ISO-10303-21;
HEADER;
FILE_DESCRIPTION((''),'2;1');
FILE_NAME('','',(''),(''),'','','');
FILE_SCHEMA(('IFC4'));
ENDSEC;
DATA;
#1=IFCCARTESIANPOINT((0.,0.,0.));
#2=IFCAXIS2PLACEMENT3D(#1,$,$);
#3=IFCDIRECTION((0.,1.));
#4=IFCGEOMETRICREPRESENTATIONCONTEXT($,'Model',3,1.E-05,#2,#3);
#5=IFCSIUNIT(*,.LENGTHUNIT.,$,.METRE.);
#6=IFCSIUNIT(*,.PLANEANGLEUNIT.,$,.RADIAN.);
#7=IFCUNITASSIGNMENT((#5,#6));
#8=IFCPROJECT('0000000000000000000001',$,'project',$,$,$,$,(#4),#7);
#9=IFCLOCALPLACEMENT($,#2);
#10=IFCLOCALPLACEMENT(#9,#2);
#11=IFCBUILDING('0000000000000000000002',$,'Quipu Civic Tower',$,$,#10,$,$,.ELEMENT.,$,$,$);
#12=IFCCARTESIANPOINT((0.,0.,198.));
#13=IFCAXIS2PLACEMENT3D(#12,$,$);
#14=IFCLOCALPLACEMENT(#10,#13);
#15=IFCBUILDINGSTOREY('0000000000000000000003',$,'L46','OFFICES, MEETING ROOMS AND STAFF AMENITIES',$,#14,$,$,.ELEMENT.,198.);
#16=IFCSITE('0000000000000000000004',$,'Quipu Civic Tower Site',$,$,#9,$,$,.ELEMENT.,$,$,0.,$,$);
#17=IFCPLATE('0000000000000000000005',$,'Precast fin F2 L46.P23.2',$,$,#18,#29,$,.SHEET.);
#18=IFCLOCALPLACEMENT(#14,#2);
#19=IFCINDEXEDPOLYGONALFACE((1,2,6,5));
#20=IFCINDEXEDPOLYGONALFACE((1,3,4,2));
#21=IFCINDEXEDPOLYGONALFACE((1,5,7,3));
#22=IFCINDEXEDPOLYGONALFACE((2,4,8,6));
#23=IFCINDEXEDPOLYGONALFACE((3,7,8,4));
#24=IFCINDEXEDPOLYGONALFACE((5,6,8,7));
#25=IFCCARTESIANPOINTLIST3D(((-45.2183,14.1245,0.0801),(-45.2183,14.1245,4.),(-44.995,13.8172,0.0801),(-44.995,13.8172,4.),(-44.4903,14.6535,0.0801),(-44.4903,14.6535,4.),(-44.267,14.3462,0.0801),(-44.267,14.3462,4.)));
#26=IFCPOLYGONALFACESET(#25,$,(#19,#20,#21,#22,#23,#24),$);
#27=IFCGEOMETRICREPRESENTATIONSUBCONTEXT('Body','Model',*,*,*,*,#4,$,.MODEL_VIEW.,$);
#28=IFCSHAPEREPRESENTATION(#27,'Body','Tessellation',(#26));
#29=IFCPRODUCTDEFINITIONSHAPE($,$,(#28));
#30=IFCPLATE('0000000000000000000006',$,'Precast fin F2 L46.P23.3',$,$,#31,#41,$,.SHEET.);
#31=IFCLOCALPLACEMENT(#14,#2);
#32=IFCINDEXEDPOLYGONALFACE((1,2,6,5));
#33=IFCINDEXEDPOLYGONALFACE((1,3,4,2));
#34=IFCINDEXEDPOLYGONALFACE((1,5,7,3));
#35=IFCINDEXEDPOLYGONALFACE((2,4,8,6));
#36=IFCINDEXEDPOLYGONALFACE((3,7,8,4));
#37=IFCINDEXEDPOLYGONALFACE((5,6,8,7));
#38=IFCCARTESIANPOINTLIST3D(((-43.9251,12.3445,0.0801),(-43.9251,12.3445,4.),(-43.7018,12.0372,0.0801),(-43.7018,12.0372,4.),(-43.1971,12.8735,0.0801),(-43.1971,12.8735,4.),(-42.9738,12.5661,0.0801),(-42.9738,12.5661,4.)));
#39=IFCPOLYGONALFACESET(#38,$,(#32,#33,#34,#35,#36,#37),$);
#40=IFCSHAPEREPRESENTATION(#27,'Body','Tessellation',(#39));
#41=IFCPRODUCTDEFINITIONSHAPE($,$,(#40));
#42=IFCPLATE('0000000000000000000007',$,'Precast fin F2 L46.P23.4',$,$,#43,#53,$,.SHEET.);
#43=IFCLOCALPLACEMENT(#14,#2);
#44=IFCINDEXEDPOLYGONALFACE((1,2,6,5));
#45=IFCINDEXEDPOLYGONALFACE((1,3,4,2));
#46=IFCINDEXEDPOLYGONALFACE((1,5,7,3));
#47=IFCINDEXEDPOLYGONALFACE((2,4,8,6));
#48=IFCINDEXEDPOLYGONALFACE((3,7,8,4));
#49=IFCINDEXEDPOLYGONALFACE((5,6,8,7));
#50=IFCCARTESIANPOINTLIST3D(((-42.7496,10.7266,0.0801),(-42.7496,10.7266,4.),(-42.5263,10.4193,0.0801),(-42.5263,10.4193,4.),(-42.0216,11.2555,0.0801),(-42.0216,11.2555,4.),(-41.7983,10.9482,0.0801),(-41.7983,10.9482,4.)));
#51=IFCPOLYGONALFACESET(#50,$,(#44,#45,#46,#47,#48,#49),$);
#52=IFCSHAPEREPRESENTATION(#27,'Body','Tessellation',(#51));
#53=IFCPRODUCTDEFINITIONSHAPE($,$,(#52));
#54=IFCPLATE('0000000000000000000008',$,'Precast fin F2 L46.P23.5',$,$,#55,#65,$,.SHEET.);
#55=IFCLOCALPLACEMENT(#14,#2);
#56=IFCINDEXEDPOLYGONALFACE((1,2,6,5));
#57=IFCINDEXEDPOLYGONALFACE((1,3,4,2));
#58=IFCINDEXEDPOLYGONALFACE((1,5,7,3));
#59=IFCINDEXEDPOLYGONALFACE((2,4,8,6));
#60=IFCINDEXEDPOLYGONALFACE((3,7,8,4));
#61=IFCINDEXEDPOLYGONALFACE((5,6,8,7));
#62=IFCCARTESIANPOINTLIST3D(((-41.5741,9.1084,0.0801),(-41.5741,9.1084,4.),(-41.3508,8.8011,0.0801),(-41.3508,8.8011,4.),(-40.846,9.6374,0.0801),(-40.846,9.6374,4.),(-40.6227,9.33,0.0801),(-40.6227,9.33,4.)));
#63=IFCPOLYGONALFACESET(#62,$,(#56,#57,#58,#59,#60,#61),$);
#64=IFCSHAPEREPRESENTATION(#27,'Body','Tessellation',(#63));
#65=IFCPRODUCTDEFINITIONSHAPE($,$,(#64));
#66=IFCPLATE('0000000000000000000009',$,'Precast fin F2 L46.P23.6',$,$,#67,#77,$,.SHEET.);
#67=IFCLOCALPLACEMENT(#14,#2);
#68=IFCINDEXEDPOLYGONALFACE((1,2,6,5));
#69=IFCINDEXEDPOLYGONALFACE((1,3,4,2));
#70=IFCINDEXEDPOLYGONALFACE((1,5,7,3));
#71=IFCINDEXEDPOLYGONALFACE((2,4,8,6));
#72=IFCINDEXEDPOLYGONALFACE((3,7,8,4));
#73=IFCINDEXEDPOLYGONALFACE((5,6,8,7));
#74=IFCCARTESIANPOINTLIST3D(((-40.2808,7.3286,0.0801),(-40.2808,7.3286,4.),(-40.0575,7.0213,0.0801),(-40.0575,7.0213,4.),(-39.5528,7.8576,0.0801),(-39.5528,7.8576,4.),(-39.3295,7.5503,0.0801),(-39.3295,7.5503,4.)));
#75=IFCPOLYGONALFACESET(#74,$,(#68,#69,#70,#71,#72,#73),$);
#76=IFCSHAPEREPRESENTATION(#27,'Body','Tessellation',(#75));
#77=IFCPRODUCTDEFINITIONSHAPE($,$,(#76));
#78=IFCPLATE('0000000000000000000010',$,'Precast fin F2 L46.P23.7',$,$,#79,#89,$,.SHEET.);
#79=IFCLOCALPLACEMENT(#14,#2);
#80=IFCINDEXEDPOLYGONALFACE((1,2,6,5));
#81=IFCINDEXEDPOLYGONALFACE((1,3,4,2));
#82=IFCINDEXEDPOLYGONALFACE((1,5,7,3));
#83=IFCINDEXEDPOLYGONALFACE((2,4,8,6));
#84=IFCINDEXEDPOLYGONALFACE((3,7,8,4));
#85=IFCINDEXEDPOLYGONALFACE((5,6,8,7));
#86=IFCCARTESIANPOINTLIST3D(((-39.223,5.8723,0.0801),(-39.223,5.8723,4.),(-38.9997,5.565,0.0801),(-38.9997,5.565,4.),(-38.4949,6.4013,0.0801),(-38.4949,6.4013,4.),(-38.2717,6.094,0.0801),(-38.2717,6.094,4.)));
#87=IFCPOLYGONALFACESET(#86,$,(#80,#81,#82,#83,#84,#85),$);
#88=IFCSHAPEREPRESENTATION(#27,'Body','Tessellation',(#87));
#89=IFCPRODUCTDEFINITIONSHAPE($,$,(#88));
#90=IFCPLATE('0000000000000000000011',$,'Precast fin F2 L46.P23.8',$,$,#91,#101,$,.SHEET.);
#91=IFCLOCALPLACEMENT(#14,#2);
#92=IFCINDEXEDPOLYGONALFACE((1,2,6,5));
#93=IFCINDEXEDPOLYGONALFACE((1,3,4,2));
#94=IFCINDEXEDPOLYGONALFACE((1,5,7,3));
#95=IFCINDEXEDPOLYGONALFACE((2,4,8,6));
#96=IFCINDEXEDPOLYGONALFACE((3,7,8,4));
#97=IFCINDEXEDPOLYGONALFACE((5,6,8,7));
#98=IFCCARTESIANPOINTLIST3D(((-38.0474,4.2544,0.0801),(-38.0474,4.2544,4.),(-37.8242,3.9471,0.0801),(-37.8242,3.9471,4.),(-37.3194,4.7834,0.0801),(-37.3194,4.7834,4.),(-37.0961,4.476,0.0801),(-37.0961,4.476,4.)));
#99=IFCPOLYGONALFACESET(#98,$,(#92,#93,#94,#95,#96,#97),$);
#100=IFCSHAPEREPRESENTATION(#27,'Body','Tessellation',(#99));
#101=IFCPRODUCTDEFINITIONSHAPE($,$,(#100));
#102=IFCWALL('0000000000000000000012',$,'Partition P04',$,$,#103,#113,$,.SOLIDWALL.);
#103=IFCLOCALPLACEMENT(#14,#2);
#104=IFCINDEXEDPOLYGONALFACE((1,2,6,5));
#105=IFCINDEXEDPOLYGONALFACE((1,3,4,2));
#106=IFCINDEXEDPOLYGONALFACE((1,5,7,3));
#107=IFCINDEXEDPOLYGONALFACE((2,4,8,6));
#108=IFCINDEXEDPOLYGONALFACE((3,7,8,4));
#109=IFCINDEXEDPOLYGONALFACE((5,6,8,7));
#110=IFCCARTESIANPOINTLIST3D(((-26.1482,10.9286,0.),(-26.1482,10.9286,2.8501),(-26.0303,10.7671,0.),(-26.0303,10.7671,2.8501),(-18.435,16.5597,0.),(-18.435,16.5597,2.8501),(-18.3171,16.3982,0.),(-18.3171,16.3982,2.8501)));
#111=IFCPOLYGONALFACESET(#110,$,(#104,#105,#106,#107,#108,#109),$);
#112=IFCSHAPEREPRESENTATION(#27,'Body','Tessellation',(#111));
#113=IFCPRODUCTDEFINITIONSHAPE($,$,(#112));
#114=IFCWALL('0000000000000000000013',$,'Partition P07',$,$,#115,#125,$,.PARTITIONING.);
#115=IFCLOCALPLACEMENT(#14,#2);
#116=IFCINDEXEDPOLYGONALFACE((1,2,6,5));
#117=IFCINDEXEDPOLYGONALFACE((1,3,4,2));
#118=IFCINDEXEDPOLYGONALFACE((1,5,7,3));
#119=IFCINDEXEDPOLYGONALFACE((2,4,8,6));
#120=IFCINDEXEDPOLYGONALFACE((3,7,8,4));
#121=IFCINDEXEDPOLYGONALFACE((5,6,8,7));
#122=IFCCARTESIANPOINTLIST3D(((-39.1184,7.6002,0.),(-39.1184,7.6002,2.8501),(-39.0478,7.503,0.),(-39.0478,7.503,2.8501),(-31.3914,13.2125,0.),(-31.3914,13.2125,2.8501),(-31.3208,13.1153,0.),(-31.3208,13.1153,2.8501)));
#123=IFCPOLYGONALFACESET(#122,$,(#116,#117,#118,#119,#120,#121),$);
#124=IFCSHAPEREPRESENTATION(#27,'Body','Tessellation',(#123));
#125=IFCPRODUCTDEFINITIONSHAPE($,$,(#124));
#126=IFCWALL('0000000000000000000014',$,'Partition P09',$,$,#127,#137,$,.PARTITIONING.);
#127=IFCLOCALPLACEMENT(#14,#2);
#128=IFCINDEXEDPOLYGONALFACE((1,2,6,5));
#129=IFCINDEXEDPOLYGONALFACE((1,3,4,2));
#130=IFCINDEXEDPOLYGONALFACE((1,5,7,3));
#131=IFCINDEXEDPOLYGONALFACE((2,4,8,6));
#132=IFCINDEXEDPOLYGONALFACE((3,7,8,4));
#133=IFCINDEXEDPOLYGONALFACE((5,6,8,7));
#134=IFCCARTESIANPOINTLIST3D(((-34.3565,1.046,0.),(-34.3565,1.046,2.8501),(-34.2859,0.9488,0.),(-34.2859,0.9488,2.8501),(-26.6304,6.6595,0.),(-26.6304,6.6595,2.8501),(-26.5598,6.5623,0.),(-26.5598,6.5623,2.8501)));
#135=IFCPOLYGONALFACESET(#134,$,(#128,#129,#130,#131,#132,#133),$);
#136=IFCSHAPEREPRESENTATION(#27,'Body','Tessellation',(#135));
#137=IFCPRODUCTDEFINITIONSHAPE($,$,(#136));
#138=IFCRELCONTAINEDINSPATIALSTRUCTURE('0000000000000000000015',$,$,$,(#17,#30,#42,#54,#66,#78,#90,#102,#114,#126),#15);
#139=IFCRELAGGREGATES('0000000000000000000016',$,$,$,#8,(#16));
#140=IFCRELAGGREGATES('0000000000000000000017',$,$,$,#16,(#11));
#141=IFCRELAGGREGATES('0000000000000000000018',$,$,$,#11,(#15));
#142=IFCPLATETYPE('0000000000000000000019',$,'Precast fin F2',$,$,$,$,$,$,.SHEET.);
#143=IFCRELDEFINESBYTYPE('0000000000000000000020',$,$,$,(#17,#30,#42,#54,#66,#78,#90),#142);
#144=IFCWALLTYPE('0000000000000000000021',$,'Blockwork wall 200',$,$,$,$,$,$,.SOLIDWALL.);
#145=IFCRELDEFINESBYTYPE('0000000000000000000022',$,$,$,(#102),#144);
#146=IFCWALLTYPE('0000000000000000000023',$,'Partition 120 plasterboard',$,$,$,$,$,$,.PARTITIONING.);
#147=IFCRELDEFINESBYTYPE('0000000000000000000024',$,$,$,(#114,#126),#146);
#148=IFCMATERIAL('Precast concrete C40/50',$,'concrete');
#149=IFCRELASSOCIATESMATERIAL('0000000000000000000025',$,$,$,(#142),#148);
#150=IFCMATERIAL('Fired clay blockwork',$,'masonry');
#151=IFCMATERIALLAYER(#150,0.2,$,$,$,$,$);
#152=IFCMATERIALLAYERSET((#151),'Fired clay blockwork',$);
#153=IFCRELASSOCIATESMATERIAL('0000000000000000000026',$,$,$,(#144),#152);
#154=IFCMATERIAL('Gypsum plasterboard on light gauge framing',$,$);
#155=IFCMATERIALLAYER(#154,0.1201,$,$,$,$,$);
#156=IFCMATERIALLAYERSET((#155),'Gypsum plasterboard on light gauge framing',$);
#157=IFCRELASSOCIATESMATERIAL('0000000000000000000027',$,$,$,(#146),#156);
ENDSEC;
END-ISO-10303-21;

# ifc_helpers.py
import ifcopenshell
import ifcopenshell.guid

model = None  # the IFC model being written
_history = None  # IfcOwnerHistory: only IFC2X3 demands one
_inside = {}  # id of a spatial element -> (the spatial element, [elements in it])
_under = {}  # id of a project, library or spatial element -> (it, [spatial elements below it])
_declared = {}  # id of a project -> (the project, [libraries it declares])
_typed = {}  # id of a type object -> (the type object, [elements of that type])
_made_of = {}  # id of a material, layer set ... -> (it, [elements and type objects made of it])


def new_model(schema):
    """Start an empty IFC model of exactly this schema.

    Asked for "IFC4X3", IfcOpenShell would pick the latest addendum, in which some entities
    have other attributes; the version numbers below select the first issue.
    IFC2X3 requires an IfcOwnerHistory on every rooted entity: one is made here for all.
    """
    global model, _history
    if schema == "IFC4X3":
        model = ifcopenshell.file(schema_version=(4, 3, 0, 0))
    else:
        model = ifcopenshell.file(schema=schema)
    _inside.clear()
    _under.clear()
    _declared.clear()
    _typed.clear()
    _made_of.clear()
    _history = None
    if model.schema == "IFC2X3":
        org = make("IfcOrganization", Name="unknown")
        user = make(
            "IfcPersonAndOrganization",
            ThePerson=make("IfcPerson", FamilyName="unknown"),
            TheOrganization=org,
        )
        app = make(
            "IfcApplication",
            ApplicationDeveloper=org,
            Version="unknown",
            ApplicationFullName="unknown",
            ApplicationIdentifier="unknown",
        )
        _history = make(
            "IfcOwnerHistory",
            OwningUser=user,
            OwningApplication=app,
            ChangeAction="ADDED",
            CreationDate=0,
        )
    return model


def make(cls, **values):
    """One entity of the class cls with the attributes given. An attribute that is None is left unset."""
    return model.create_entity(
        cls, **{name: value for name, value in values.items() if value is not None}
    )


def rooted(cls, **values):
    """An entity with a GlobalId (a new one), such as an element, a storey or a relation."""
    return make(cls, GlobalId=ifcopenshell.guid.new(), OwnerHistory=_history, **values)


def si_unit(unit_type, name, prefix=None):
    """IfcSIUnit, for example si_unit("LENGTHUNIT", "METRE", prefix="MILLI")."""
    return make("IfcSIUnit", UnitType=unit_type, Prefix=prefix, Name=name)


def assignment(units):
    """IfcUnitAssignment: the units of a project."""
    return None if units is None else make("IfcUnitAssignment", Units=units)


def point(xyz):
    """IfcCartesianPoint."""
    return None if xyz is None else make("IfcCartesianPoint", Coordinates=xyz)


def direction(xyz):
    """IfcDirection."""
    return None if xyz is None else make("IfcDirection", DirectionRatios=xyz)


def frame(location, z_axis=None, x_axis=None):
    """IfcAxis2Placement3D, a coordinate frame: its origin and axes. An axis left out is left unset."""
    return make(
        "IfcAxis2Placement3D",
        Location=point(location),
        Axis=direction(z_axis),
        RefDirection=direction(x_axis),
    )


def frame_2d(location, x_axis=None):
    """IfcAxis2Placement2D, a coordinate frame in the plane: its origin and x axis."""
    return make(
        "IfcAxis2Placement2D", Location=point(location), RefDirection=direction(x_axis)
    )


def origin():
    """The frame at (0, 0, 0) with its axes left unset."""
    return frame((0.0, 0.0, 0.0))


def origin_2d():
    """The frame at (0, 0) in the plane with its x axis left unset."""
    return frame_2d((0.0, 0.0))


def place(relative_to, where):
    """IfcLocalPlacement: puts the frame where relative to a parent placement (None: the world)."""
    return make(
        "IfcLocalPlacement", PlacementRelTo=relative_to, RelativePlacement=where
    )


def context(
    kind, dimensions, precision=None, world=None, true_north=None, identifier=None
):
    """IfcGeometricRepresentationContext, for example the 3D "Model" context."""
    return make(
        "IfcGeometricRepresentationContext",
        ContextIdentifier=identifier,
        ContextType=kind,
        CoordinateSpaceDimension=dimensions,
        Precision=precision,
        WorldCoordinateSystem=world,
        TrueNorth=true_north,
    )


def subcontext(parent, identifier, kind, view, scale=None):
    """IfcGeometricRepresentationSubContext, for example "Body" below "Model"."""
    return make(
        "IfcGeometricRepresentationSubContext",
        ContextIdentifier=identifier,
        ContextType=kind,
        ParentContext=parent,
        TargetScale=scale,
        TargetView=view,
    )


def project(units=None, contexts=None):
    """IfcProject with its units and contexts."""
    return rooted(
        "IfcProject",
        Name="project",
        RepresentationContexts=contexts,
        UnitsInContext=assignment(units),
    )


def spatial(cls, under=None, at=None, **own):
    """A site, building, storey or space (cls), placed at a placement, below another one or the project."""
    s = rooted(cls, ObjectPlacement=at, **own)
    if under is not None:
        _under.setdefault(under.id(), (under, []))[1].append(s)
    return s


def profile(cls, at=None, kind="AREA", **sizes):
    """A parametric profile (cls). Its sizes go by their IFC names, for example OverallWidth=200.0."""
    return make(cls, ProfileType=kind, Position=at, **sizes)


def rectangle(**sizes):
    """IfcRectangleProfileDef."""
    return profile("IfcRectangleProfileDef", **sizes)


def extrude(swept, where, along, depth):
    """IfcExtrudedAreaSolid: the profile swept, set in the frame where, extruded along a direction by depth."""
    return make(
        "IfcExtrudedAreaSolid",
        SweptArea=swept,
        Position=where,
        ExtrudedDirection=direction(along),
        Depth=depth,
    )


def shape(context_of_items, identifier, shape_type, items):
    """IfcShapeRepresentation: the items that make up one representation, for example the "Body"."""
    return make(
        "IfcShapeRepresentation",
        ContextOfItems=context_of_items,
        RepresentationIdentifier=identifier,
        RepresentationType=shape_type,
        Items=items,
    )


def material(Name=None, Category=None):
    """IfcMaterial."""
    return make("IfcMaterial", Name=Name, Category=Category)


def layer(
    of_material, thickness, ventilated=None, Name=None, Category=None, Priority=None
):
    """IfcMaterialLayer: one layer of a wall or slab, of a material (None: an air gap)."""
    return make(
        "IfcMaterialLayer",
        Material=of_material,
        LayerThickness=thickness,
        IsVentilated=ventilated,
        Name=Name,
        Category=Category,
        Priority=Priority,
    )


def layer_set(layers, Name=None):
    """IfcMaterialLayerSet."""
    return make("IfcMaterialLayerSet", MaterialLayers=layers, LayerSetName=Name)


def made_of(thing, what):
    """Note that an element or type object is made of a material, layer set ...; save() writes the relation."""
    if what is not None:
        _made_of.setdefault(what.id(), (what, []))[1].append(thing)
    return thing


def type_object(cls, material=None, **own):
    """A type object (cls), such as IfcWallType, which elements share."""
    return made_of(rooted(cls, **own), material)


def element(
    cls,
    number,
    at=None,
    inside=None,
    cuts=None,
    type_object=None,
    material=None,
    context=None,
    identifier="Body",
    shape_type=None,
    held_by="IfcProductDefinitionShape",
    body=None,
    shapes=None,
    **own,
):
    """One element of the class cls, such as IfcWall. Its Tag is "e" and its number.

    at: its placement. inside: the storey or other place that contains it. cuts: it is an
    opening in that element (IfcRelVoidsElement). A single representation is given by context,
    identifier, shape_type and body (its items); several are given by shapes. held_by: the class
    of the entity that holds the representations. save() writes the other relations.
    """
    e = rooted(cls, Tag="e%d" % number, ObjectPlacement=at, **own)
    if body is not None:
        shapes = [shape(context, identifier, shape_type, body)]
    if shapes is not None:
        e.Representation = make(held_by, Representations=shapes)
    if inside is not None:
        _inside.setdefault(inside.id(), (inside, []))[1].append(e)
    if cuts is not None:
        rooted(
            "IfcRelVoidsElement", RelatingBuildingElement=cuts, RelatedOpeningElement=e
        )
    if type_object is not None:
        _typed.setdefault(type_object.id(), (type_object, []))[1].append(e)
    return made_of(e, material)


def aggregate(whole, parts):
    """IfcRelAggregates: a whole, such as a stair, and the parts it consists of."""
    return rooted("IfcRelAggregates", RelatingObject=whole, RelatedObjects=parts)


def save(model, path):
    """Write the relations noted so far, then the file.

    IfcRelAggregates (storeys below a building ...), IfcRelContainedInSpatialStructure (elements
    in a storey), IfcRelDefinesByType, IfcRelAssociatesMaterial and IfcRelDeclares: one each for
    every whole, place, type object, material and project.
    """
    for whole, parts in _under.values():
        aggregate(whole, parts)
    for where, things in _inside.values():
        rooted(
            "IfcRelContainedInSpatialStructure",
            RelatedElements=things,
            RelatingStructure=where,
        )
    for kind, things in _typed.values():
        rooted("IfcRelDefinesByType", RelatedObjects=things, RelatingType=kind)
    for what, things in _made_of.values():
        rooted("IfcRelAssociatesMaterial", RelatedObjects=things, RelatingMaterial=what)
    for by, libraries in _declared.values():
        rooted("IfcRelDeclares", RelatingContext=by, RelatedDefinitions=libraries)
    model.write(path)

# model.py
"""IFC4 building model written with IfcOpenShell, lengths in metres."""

from ifc_helpers import new_model, si_unit, direction, frame, frame_2d, origin, origin_2d, place, context, subcontext, project, spatial, rectangle, extrude, material, layer, layer_set, type_object, element, save


model = new_model("IFC4")

# Units and contexts
model_context = context("Model", 3, precision=1e-05, world=origin(), true_north=direction((0.0, 1.0)))
body_context = subcontext(model_context, "Body", "Model", "MODEL_VIEW")
ifc_project = project(units=[si_unit("LENGTHUNIT", "METRE"), si_unit("PLANEANGLEUNIT", "RADIAN")], contexts=[model_context])

# Site, building, storey
site_placement = place(None, origin())
site = spatial("IfcSite", under=ifc_project, at=site_placement, Name="Quipu Civic Tower Site", CompositionType="ELEMENT", RefElevation=0.0)
building_placement = place(site_placement, origin())
building = spatial("IfcBuilding", under=site, at=building_placement, Name="Quipu Civic Tower", CompositionType="ELEMENT")
storey_placement = place(building_placement, frame((0.0, 0.0, 198.0)))
storey = spatial("IfcBuildingStorey", under=building, at=storey_placement, Name="L46", Description="OFFICES, MEETING ROOMS AND STAFF AMENITIES", CompositionType="ELEMENT", Elevation=198.0)

# Plates
ifc_material_1 = material(Name="Precast concrete C40/50", Category="concrete")
plate_type_1 = type_object("IfcPlateType", Name="Precast fin F2", PredefinedType="SHEET", material=ifc_material_1)
for number, where, z_axis, x_axis, name in (
    (1, (-44.7427, 14.2354, 0.0801), (0.0, 0.0, 1.0), (0.587786, -0.809017, 0.0), "Precast fin F2 L46.P23.2"),
    (2, (-43.4495, 12.4553, 0.0801), (0.0, 0.0, 1.0), (0.587786, -0.809017, 0.0), "Precast fin F2 L46.P23.3"),
    (3, (-42.2739, 10.8374, 0.0801), (0.0, 0.0, 1.0), (0.587786, -0.809017, 0.0), "Precast fin F2 L46.P23.4"),
    (4, (-41.0984, 9.2192, 0.0801), (0.0, 0.0, 1.0), (0.587786, -0.809017, 0.0), "Precast fin F2 L46.P23.5"),
    (5, (-39.8052, 7.4395, 0.0801), (0.0, 0.0, 1.0), (0.587786, -0.809017, 0.0), "Precast fin F2 L46.P23.6"),
    (6, (-38.7473, 5.9832, 0.0801), (0.0, 0.0, 1.0), (0.587786, -0.809017, 0.0), "Precast fin F2 L46.P23.7"),
    (7, (-37.5718, 4.3652, 0.0801), (0.0, 0.0, 1.0), (0.587786, -0.809017, 0.0), "Precast fin F2 L46.P23.8"),
):
    element("IfcPlate", number, at=place(storey_placement, frame(where, z_axis=z_axis, x_axis=x_axis)), inside=storey, type_object=plate_type_1, Name=name, PredefinedType="SHEET", context=body_context, shape_type="SweptSolid", body=[
        extrude(rectangle(XDim=0.3799, YDim=0.8999, at=origin_2d()), origin(), (0.0, 0.0, 1.0), 3.9199),
    ])

# Walls
ifc_material_2 = material(Name="Fired clay blockwork", Category="masonry")
ifc_layer_1 = layer(ifc_material_2, 0.2)
ifc_layer_set_1 = layer_set([ifc_layer_1], Name="Fired clay blockwork")
wall_type_1 = type_object("IfcWallType", Name="Blockwork wall 200", PredefinedType="SOLIDWALL", material=ifc_layer_set_1)
wall_placement = place(storey_placement, frame((-26.0891, 10.8479, 0.0), z_axis=(0.0, 0.0, 1.0), x_axis=(0.807661, 0.589647, 0.0)))
element("IfcWall", 8, at=wall_placement, inside=storey, type_object=wall_type_1, Name="Partition P04", PredefinedType="SOLIDWALL", context=body_context, shape_type="SweptSolid", body=[
    extrude(rectangle(XDim=9.55, YDim=0.2, at=frame_2d((4.7749, 0.0))), origin(), (0.0, 0.0, 1.0), 2.8501),
])
ifc_material_3 = material(Name="Gypsum plasterboard on light gauge framing")
ifc_layer_2 = layer(ifc_material_3, 0.1201)
ifc_layer_set_2 = layer_set([ifc_layer_2], Name="Gypsum plasterboard on light gauge framing")
wall_type_2 = type_object("IfcWallType", Name="Partition 120 plasterboard", PredefinedType="PARTITIONING", material=ifc_layer_set_2)
for number, where, z_axis, x_axis, name in (
    (9, (-31.3562, 13.1638, 0.0), (0.0, 0.0, 1.0), (-0.809103, -0.587667, 0.0), "Partition P07"),
    (10, (-26.5952, 6.6108, 0.0), (0.0, 0.0, 1.0), (-0.809007, -0.587799, 0.0), "Partition P09"),
):
    element("IfcWall", number, at=place(storey_placement, frame(where, z_axis=z_axis, x_axis=x_axis)), inside=storey, type_object=wall_type_2, Name=name, PredefinedType="PARTITIONING", context=body_context, shape_type="SweptSolid", body=[
        extrude(rectangle(XDim=9.55, YDim=0.1201, at=frame_2d((4.7749, 0.0))), origin(), (0.0, 0.0, 1.0), 2.8501),
    ])

save(model, "model.ifc")
